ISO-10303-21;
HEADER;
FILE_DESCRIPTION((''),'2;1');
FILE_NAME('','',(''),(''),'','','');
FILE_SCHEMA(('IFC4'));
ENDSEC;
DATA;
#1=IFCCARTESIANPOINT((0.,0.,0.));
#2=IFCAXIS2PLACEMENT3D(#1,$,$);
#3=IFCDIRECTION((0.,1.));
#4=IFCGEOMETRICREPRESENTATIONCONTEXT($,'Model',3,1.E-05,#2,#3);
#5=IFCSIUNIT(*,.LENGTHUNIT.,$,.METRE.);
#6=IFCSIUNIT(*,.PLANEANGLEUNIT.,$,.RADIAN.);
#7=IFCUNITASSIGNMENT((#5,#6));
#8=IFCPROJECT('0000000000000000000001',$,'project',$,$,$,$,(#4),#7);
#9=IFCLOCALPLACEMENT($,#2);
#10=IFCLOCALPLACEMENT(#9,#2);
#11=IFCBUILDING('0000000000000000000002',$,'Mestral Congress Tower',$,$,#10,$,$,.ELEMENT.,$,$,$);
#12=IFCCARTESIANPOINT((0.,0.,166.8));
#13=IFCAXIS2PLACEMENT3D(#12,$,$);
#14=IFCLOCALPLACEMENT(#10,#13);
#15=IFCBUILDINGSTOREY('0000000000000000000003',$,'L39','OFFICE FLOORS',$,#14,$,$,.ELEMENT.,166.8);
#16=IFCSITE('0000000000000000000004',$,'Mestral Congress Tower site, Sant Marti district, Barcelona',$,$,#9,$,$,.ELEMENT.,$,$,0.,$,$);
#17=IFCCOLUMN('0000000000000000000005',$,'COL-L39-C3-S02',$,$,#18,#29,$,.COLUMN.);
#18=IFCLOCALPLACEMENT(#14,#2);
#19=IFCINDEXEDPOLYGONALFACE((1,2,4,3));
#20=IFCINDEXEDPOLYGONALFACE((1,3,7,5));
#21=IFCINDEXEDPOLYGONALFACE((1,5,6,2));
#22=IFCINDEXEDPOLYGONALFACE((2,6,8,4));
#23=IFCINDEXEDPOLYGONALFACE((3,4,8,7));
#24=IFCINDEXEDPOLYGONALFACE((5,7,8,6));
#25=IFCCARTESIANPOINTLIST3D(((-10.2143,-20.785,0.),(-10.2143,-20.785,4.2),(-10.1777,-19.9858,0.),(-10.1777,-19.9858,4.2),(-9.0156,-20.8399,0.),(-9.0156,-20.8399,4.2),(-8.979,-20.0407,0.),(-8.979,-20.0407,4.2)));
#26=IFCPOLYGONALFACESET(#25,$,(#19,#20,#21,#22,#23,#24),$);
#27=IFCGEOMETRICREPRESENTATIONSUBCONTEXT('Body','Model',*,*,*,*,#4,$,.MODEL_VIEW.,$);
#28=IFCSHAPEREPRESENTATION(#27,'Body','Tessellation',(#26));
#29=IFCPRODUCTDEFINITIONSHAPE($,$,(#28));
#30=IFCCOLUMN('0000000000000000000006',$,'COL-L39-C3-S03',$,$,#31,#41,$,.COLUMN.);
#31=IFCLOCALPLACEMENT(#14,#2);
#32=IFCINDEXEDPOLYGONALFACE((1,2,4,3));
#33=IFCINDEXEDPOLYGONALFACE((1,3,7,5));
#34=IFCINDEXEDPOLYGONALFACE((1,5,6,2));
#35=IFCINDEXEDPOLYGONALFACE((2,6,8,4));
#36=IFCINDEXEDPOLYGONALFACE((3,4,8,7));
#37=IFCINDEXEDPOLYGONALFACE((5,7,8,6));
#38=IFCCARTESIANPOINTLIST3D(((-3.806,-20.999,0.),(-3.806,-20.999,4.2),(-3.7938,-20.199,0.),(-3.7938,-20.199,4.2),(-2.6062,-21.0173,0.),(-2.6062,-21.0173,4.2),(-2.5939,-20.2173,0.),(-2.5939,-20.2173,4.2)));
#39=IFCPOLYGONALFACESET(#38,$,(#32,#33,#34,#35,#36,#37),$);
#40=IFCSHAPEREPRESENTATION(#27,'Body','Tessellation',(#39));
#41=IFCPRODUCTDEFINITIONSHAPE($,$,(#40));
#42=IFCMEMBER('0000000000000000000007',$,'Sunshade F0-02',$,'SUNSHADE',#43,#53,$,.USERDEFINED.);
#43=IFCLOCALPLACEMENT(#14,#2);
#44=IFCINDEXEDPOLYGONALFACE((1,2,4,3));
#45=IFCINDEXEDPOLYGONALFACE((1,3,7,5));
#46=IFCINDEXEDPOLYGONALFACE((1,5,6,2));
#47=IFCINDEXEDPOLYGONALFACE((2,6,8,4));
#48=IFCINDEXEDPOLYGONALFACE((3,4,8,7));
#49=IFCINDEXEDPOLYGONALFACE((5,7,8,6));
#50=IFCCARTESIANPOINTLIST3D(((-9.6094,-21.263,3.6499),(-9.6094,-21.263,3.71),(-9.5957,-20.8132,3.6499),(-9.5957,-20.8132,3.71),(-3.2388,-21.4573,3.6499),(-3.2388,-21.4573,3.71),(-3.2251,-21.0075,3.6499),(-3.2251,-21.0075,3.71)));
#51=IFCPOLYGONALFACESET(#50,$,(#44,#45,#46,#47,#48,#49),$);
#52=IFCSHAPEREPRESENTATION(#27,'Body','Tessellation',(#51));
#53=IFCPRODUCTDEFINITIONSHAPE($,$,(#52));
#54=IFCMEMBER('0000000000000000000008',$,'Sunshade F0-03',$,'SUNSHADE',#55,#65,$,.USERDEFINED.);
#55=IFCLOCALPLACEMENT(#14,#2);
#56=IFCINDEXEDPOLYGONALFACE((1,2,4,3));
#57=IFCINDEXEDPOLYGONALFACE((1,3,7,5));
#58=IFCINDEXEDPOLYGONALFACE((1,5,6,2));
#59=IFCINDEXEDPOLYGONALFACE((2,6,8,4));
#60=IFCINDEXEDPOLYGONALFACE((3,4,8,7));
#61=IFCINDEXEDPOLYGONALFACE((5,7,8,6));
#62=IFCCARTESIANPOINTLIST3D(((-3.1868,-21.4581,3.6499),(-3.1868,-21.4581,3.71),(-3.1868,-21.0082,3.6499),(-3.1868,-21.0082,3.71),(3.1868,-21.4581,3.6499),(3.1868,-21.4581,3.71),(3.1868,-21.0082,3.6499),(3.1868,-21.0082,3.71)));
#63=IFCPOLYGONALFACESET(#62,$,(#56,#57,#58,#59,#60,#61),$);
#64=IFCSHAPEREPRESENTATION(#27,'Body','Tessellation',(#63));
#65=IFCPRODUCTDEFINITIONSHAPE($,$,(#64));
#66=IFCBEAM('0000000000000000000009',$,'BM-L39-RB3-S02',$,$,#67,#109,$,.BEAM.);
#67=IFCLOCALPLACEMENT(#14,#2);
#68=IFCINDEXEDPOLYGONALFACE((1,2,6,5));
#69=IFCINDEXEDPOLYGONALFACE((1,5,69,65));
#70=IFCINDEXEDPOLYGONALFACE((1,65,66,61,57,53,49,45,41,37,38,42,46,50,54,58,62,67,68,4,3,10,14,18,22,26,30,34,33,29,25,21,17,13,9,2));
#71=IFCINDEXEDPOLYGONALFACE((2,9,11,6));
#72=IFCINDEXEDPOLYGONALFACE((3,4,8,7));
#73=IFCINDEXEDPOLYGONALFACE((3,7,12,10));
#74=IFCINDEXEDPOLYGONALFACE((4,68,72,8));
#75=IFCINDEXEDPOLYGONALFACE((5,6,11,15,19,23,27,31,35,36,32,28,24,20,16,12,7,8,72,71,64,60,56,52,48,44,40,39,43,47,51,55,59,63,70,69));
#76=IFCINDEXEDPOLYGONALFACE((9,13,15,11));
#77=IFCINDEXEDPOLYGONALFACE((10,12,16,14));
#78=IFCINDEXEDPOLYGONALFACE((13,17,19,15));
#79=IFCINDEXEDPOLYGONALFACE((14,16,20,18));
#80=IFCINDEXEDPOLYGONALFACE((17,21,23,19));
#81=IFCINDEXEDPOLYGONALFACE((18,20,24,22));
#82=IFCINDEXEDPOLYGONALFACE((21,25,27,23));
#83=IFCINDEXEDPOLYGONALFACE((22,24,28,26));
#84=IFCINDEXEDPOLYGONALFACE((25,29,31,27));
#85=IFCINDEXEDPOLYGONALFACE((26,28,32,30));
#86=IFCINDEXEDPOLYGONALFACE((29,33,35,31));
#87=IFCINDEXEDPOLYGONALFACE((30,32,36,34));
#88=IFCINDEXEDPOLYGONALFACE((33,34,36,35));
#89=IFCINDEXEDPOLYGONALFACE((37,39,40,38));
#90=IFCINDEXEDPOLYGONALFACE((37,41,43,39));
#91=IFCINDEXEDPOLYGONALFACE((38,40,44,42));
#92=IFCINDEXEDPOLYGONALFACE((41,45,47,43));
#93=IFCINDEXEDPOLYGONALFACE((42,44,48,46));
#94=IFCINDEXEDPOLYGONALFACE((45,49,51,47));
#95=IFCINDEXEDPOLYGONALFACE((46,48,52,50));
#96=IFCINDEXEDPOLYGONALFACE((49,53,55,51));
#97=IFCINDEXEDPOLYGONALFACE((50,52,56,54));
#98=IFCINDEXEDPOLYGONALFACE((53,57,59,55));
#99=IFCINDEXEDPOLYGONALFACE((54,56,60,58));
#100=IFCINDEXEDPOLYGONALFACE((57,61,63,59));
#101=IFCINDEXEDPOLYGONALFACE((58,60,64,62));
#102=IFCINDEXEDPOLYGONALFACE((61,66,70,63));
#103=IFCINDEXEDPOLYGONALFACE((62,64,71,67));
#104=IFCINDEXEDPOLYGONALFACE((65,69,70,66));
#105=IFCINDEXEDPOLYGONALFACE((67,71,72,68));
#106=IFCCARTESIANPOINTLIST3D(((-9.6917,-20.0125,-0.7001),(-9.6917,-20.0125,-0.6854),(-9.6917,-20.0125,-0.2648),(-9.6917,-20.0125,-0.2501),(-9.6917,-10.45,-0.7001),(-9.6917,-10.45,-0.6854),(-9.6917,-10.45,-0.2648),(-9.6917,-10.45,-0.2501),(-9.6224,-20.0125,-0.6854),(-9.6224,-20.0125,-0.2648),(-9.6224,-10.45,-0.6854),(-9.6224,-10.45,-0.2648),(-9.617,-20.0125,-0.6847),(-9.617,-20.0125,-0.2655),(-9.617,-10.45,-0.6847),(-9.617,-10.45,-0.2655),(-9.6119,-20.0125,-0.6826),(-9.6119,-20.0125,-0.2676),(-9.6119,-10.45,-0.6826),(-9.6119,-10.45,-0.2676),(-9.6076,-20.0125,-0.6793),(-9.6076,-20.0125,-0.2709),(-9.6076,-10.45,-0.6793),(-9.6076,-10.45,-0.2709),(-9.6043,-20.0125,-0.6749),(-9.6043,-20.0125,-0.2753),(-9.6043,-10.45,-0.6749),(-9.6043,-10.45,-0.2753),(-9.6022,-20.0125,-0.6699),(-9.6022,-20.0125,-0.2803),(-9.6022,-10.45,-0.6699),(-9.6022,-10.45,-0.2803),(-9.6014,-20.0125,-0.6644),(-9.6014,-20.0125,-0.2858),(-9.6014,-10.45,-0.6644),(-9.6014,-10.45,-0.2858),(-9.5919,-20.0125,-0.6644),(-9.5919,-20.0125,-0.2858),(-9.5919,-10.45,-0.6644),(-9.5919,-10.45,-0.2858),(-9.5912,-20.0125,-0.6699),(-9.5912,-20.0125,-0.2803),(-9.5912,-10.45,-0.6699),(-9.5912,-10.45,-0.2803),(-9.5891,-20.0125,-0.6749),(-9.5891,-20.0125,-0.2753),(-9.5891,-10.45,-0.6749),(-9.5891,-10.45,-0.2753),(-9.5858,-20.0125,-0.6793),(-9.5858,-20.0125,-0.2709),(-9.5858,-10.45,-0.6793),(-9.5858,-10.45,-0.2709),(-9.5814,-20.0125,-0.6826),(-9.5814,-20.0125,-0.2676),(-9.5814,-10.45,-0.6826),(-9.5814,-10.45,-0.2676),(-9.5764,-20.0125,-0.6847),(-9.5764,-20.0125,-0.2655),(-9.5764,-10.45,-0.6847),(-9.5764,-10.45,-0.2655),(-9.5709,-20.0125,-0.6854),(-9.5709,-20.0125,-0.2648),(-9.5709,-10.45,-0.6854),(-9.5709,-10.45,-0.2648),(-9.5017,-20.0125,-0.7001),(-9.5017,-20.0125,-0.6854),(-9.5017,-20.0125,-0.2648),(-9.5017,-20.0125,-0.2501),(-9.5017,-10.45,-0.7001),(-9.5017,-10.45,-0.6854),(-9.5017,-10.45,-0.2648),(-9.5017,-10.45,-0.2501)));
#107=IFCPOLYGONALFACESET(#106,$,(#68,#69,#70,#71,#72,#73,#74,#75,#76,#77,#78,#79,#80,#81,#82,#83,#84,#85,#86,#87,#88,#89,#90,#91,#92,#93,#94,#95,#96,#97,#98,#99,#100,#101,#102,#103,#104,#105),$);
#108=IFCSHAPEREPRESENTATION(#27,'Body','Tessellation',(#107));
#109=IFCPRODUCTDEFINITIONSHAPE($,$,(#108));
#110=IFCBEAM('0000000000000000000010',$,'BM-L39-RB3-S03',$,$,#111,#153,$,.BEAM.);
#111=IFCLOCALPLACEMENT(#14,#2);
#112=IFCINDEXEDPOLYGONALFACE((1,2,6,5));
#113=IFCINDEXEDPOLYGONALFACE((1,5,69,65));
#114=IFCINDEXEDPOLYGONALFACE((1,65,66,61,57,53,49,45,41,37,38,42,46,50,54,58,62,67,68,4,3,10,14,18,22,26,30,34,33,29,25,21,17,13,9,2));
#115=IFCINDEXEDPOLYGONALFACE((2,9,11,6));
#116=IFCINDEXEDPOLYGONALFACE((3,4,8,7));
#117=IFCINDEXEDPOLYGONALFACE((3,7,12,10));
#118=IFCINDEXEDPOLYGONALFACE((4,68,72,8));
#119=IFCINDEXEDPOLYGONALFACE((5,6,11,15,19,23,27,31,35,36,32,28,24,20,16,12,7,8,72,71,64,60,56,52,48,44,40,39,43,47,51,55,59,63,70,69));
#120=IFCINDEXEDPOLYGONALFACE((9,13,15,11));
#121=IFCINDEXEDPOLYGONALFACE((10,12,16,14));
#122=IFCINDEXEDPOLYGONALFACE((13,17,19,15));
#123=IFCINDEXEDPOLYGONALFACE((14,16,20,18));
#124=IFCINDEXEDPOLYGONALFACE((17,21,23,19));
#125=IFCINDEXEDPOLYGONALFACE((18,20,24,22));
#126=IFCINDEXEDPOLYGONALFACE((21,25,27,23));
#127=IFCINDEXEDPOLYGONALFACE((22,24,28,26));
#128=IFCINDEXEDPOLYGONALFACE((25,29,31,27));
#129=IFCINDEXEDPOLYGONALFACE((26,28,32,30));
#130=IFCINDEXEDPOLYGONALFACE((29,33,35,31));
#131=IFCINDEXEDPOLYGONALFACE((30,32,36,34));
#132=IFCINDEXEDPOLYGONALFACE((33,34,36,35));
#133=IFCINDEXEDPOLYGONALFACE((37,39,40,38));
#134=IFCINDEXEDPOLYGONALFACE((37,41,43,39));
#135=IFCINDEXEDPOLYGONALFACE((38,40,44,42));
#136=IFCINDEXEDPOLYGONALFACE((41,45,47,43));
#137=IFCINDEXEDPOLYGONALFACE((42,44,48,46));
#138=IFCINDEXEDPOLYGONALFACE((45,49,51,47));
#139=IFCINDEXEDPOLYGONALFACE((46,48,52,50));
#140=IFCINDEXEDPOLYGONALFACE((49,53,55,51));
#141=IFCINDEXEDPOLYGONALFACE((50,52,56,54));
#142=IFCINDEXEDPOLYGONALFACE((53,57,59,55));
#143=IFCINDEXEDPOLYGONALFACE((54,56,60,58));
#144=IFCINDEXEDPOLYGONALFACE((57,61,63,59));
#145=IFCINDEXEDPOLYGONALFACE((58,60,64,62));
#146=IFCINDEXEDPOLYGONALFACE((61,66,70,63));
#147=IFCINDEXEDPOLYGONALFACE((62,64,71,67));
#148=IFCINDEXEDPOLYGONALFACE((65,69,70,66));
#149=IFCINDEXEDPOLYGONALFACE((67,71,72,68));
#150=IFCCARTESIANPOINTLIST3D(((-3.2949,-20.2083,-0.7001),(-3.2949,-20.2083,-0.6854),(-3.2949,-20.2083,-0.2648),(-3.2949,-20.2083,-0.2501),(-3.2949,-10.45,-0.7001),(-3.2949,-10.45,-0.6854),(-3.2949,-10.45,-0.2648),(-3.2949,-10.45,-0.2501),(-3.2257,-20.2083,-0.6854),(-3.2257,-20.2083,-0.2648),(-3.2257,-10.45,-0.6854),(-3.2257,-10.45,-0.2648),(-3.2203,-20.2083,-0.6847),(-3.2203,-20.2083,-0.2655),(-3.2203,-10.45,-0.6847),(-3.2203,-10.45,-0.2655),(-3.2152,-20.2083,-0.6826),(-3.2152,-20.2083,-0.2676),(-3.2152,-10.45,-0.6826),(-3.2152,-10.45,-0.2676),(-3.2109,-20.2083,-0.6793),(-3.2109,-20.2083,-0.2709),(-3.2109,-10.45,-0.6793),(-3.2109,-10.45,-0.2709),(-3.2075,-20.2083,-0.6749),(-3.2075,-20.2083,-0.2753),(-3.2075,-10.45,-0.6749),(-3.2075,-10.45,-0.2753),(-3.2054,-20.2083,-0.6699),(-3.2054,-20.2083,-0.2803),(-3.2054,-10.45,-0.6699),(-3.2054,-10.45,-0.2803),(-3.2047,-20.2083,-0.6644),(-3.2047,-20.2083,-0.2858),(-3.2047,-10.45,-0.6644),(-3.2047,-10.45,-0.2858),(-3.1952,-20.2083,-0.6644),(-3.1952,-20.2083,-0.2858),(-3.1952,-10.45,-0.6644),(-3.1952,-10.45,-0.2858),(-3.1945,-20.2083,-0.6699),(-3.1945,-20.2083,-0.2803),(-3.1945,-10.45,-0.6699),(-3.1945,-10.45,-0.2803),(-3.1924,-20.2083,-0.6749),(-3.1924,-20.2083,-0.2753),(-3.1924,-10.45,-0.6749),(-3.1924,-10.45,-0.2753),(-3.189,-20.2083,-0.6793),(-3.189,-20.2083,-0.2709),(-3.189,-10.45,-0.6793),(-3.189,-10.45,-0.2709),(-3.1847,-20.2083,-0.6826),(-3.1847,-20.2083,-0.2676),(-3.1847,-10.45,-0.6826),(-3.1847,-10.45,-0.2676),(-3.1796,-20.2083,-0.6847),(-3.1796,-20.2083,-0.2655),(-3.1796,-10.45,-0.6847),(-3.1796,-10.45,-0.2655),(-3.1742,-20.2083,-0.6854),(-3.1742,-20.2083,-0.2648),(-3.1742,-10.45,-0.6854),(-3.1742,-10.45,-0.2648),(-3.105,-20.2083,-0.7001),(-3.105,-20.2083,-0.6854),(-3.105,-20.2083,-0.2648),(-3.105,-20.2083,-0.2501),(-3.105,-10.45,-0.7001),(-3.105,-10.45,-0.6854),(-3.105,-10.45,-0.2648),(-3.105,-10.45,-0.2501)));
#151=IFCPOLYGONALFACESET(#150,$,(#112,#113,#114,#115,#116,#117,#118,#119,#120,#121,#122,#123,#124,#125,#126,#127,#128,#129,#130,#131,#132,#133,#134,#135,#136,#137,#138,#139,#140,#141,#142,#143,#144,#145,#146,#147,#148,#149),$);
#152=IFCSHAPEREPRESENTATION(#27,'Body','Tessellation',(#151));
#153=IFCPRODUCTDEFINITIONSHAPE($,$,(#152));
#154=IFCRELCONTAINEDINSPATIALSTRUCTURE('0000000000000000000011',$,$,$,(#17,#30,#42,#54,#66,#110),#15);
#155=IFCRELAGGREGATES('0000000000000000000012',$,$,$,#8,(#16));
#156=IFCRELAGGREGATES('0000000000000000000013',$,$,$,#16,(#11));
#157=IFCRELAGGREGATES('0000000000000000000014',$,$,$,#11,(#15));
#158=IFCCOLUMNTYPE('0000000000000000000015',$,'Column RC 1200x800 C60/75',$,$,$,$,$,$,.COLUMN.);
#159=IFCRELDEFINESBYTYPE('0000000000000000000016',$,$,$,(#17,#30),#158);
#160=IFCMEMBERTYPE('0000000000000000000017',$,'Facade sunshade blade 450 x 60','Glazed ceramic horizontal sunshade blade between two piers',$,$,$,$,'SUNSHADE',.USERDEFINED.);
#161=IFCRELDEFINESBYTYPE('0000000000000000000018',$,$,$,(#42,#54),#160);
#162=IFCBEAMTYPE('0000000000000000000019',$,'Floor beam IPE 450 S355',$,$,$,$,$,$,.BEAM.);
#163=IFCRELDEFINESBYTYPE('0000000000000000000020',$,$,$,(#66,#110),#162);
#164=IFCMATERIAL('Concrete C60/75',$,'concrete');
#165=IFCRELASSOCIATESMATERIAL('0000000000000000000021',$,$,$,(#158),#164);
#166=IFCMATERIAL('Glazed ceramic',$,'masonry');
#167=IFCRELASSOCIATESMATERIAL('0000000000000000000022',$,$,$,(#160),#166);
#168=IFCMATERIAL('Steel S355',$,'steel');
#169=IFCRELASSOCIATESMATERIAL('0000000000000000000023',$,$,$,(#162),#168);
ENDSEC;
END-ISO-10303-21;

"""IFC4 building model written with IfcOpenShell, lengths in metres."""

from ifc_helpers import new_model, si_unit, direction, frame, origin, origin_2d, place, context, subcontext, project, spatial, rectangle, i_section, extrude, material, material_profile, profile_set, type_object, element, save


model = new_model("IFC4")

# Units and contexts
model_context = context("Model", 3, precision=1e-05, world=origin(), true_north=direction((0.0, 1.0)))
body_context = subcontext(model_context, "Body", "Model", "MODEL_VIEW")
ifc_project = project(units=[si_unit("LENGTHUNIT", "METRE"), si_unit("PLANEANGLEUNIT", "RADIAN")], contexts=[model_context])

# Site, building, storey
site_placement = place(None, origin())
site = spatial("IfcSite", under=ifc_project, at=site_placement, Name="Mestral Congress Tower site, Sant Marti district, Barcelona", CompositionType="ELEMENT", RefElevation=0.0)
building_placement = place(site_placement, origin())
building = spatial("IfcBuilding", under=site, at=building_placement, Name="Mestral Congress Tower", CompositionType="ELEMENT")
storey_placement = place(building_placement, frame((0.0, 0.0, 166.8)))
storey = spatial("IfcBuildingStorey", under=building, at=storey_placement, Name="L39", Description="OFFICE FLOORS", CompositionType="ELEMENT", Elevation=166.8)

# Columns
ifc_material_1 = material(Name="Concrete C60/75", Category="concrete")
ifc_material_profile_1 = material_profile(ifc_material_1, rectangle(XDim=1.2, YDim=0.8, at=origin_2d()), Name="RC 1200x800")
ifc_profile_set_1 = profile_set([ifc_material_profile_1], Name="Concrete C60/75")
column_type = type_object("IfcColumnType", Name="Column RC 1200x800 C60/75", PredefinedType="COLUMN", material=ifc_profile_set_1)
for number, where, z_axis, x_axis, name in (
    (1, (-9.5967, -20.4128, 0.0), (0.0, 0.0, 1.0), (0.998952, -0.045771, 0.0), "COL-L39-C3-S02"),
    (2, (-3.2, -20.6082, 0.0), (0.0, 0.0, 1.0), (0.999884, -0.015262, 0.0), "COL-L39-C3-S03"),
):
    element("IfcColumn", number, at=place(storey_placement, frame(where, z_axis=z_axis, x_axis=x_axis)), inside=storey, type_object=column_type, Name=name, PredefinedType="COLUMN", context=body_context, shape_type="SweptSolid", body=[
        extrude(rectangle(XDim=1.2, YDim=0.8, at=origin_2d()), origin(), (0.0, 0.0, 1.0), 4.2),
    ])

# Members
ifc_material_2 = material(Name="Glazed ceramic", Category="masonry")
ifc_material_profile_2 = material_profile(ifc_material_2, rectangle(XDim=0.45, YDim=0.0601, at=origin_2d()), Name="Ceramic blade 450 x 60")
ifc_profile_set_2 = profile_set([ifc_material_profile_2], Name="Glazed ceramic")
member_type = type_object("IfcMemberType", Name="Facade sunshade blade 450 x 60", Description="Glazed ceramic horizontal sunshade blade between two piers", ElementType="SUNSHADE", PredefinedType="USERDEFINED", material=ifc_profile_set_2)
for number, where, z_axis, x_axis, name in (
    (3, (-9.6025, -21.0381, 3.6799), (0.999535, -0.030491, 0.0), (0.030491, 0.999535, 0.0), "Sunshade F0-02"),
    (4, (-3.1868, -21.2332, 3.6799), (1.0, 0.0, 0.0), (0.0, 1.0, 0.0), "Sunshade F0-03"),
):
    element("IfcMember", number, at=place(storey_placement, frame(where, z_axis=z_axis, x_axis=x_axis)), inside=storey, type_object=member_type, Name=name, ObjectType="SUNSHADE", PredefinedType="USERDEFINED", context=body_context, shape_type="SweptSolid", body=[
        extrude(rectangle(XDim=0.45, YDim=0.0601, at=origin_2d()), origin(), (0.0, 0.0, 1.0), 6.3735),
    ])

# Beams
ifc_material_3 = material(Name="Steel S355", Category="steel")
ifc_material_profile_3 = material_profile(ifc_material_3, i_section(OverallWidth=0.1899, OverallDepth=0.45, WebThickness=0.0095, FlangeThickness=0.0146, FilletRadius=0.021, at=origin_2d()), Name="IPE 450")
ifc_profile_set_3 = profile_set([ifc_material_profile_3], Name="Steel S355")
beam_type_1 = type_object("IfcBeamType", Name="Floor beam IPE 450 S355", PredefinedType="BEAM", material=ifc_profile_set_3)
beam_1_placement = place(storey_placement, frame((-9.5967, -20.0125, -0.4751), z_axis=(0.0, 1.0, 0.0), x_axis=(-1.0, 0.0, 0.0)))
element("IfcBeam", 5, at=beam_1_placement, inside=storey, type_object=beam_type_1, Name="BM-L39-RB3-S02", PredefinedType="BEAM", context=body_context, shape_type="SweptSolid", body=[
    extrude(i_section(OverallWidth=0.1899, OverallDepth=0.45, WebThickness=0.0095, FlangeThickness=0.0146, FilletRadius=0.021, at=origin_2d()), origin(), (0.0, 0.0, 1.0), 9.5625),
])
beam_2_placement = place(storey_placement, frame((-3.2, -20.2083, -0.4751), z_axis=(0.0, 1.0, 0.0), x_axis=(-1.0, 0.0, 0.0)))
element("IfcBeam", 6, at=beam_2_placement, inside=storey, type_object=beam_type_1, Name="BM-L39-RB3-S03", PredefinedType="BEAM", context=body_context, shape_type="SweptSolid", body=[
    extrude(i_section(OverallWidth=0.1899, OverallDepth=0.45, WebThickness=0.0095, FlangeThickness=0.0146, FilletRadius=0.021, at=origin_2d()), origin(), (0.0, 0.0, 1.0), 9.7583),
])

save(model, "model.ifc")
